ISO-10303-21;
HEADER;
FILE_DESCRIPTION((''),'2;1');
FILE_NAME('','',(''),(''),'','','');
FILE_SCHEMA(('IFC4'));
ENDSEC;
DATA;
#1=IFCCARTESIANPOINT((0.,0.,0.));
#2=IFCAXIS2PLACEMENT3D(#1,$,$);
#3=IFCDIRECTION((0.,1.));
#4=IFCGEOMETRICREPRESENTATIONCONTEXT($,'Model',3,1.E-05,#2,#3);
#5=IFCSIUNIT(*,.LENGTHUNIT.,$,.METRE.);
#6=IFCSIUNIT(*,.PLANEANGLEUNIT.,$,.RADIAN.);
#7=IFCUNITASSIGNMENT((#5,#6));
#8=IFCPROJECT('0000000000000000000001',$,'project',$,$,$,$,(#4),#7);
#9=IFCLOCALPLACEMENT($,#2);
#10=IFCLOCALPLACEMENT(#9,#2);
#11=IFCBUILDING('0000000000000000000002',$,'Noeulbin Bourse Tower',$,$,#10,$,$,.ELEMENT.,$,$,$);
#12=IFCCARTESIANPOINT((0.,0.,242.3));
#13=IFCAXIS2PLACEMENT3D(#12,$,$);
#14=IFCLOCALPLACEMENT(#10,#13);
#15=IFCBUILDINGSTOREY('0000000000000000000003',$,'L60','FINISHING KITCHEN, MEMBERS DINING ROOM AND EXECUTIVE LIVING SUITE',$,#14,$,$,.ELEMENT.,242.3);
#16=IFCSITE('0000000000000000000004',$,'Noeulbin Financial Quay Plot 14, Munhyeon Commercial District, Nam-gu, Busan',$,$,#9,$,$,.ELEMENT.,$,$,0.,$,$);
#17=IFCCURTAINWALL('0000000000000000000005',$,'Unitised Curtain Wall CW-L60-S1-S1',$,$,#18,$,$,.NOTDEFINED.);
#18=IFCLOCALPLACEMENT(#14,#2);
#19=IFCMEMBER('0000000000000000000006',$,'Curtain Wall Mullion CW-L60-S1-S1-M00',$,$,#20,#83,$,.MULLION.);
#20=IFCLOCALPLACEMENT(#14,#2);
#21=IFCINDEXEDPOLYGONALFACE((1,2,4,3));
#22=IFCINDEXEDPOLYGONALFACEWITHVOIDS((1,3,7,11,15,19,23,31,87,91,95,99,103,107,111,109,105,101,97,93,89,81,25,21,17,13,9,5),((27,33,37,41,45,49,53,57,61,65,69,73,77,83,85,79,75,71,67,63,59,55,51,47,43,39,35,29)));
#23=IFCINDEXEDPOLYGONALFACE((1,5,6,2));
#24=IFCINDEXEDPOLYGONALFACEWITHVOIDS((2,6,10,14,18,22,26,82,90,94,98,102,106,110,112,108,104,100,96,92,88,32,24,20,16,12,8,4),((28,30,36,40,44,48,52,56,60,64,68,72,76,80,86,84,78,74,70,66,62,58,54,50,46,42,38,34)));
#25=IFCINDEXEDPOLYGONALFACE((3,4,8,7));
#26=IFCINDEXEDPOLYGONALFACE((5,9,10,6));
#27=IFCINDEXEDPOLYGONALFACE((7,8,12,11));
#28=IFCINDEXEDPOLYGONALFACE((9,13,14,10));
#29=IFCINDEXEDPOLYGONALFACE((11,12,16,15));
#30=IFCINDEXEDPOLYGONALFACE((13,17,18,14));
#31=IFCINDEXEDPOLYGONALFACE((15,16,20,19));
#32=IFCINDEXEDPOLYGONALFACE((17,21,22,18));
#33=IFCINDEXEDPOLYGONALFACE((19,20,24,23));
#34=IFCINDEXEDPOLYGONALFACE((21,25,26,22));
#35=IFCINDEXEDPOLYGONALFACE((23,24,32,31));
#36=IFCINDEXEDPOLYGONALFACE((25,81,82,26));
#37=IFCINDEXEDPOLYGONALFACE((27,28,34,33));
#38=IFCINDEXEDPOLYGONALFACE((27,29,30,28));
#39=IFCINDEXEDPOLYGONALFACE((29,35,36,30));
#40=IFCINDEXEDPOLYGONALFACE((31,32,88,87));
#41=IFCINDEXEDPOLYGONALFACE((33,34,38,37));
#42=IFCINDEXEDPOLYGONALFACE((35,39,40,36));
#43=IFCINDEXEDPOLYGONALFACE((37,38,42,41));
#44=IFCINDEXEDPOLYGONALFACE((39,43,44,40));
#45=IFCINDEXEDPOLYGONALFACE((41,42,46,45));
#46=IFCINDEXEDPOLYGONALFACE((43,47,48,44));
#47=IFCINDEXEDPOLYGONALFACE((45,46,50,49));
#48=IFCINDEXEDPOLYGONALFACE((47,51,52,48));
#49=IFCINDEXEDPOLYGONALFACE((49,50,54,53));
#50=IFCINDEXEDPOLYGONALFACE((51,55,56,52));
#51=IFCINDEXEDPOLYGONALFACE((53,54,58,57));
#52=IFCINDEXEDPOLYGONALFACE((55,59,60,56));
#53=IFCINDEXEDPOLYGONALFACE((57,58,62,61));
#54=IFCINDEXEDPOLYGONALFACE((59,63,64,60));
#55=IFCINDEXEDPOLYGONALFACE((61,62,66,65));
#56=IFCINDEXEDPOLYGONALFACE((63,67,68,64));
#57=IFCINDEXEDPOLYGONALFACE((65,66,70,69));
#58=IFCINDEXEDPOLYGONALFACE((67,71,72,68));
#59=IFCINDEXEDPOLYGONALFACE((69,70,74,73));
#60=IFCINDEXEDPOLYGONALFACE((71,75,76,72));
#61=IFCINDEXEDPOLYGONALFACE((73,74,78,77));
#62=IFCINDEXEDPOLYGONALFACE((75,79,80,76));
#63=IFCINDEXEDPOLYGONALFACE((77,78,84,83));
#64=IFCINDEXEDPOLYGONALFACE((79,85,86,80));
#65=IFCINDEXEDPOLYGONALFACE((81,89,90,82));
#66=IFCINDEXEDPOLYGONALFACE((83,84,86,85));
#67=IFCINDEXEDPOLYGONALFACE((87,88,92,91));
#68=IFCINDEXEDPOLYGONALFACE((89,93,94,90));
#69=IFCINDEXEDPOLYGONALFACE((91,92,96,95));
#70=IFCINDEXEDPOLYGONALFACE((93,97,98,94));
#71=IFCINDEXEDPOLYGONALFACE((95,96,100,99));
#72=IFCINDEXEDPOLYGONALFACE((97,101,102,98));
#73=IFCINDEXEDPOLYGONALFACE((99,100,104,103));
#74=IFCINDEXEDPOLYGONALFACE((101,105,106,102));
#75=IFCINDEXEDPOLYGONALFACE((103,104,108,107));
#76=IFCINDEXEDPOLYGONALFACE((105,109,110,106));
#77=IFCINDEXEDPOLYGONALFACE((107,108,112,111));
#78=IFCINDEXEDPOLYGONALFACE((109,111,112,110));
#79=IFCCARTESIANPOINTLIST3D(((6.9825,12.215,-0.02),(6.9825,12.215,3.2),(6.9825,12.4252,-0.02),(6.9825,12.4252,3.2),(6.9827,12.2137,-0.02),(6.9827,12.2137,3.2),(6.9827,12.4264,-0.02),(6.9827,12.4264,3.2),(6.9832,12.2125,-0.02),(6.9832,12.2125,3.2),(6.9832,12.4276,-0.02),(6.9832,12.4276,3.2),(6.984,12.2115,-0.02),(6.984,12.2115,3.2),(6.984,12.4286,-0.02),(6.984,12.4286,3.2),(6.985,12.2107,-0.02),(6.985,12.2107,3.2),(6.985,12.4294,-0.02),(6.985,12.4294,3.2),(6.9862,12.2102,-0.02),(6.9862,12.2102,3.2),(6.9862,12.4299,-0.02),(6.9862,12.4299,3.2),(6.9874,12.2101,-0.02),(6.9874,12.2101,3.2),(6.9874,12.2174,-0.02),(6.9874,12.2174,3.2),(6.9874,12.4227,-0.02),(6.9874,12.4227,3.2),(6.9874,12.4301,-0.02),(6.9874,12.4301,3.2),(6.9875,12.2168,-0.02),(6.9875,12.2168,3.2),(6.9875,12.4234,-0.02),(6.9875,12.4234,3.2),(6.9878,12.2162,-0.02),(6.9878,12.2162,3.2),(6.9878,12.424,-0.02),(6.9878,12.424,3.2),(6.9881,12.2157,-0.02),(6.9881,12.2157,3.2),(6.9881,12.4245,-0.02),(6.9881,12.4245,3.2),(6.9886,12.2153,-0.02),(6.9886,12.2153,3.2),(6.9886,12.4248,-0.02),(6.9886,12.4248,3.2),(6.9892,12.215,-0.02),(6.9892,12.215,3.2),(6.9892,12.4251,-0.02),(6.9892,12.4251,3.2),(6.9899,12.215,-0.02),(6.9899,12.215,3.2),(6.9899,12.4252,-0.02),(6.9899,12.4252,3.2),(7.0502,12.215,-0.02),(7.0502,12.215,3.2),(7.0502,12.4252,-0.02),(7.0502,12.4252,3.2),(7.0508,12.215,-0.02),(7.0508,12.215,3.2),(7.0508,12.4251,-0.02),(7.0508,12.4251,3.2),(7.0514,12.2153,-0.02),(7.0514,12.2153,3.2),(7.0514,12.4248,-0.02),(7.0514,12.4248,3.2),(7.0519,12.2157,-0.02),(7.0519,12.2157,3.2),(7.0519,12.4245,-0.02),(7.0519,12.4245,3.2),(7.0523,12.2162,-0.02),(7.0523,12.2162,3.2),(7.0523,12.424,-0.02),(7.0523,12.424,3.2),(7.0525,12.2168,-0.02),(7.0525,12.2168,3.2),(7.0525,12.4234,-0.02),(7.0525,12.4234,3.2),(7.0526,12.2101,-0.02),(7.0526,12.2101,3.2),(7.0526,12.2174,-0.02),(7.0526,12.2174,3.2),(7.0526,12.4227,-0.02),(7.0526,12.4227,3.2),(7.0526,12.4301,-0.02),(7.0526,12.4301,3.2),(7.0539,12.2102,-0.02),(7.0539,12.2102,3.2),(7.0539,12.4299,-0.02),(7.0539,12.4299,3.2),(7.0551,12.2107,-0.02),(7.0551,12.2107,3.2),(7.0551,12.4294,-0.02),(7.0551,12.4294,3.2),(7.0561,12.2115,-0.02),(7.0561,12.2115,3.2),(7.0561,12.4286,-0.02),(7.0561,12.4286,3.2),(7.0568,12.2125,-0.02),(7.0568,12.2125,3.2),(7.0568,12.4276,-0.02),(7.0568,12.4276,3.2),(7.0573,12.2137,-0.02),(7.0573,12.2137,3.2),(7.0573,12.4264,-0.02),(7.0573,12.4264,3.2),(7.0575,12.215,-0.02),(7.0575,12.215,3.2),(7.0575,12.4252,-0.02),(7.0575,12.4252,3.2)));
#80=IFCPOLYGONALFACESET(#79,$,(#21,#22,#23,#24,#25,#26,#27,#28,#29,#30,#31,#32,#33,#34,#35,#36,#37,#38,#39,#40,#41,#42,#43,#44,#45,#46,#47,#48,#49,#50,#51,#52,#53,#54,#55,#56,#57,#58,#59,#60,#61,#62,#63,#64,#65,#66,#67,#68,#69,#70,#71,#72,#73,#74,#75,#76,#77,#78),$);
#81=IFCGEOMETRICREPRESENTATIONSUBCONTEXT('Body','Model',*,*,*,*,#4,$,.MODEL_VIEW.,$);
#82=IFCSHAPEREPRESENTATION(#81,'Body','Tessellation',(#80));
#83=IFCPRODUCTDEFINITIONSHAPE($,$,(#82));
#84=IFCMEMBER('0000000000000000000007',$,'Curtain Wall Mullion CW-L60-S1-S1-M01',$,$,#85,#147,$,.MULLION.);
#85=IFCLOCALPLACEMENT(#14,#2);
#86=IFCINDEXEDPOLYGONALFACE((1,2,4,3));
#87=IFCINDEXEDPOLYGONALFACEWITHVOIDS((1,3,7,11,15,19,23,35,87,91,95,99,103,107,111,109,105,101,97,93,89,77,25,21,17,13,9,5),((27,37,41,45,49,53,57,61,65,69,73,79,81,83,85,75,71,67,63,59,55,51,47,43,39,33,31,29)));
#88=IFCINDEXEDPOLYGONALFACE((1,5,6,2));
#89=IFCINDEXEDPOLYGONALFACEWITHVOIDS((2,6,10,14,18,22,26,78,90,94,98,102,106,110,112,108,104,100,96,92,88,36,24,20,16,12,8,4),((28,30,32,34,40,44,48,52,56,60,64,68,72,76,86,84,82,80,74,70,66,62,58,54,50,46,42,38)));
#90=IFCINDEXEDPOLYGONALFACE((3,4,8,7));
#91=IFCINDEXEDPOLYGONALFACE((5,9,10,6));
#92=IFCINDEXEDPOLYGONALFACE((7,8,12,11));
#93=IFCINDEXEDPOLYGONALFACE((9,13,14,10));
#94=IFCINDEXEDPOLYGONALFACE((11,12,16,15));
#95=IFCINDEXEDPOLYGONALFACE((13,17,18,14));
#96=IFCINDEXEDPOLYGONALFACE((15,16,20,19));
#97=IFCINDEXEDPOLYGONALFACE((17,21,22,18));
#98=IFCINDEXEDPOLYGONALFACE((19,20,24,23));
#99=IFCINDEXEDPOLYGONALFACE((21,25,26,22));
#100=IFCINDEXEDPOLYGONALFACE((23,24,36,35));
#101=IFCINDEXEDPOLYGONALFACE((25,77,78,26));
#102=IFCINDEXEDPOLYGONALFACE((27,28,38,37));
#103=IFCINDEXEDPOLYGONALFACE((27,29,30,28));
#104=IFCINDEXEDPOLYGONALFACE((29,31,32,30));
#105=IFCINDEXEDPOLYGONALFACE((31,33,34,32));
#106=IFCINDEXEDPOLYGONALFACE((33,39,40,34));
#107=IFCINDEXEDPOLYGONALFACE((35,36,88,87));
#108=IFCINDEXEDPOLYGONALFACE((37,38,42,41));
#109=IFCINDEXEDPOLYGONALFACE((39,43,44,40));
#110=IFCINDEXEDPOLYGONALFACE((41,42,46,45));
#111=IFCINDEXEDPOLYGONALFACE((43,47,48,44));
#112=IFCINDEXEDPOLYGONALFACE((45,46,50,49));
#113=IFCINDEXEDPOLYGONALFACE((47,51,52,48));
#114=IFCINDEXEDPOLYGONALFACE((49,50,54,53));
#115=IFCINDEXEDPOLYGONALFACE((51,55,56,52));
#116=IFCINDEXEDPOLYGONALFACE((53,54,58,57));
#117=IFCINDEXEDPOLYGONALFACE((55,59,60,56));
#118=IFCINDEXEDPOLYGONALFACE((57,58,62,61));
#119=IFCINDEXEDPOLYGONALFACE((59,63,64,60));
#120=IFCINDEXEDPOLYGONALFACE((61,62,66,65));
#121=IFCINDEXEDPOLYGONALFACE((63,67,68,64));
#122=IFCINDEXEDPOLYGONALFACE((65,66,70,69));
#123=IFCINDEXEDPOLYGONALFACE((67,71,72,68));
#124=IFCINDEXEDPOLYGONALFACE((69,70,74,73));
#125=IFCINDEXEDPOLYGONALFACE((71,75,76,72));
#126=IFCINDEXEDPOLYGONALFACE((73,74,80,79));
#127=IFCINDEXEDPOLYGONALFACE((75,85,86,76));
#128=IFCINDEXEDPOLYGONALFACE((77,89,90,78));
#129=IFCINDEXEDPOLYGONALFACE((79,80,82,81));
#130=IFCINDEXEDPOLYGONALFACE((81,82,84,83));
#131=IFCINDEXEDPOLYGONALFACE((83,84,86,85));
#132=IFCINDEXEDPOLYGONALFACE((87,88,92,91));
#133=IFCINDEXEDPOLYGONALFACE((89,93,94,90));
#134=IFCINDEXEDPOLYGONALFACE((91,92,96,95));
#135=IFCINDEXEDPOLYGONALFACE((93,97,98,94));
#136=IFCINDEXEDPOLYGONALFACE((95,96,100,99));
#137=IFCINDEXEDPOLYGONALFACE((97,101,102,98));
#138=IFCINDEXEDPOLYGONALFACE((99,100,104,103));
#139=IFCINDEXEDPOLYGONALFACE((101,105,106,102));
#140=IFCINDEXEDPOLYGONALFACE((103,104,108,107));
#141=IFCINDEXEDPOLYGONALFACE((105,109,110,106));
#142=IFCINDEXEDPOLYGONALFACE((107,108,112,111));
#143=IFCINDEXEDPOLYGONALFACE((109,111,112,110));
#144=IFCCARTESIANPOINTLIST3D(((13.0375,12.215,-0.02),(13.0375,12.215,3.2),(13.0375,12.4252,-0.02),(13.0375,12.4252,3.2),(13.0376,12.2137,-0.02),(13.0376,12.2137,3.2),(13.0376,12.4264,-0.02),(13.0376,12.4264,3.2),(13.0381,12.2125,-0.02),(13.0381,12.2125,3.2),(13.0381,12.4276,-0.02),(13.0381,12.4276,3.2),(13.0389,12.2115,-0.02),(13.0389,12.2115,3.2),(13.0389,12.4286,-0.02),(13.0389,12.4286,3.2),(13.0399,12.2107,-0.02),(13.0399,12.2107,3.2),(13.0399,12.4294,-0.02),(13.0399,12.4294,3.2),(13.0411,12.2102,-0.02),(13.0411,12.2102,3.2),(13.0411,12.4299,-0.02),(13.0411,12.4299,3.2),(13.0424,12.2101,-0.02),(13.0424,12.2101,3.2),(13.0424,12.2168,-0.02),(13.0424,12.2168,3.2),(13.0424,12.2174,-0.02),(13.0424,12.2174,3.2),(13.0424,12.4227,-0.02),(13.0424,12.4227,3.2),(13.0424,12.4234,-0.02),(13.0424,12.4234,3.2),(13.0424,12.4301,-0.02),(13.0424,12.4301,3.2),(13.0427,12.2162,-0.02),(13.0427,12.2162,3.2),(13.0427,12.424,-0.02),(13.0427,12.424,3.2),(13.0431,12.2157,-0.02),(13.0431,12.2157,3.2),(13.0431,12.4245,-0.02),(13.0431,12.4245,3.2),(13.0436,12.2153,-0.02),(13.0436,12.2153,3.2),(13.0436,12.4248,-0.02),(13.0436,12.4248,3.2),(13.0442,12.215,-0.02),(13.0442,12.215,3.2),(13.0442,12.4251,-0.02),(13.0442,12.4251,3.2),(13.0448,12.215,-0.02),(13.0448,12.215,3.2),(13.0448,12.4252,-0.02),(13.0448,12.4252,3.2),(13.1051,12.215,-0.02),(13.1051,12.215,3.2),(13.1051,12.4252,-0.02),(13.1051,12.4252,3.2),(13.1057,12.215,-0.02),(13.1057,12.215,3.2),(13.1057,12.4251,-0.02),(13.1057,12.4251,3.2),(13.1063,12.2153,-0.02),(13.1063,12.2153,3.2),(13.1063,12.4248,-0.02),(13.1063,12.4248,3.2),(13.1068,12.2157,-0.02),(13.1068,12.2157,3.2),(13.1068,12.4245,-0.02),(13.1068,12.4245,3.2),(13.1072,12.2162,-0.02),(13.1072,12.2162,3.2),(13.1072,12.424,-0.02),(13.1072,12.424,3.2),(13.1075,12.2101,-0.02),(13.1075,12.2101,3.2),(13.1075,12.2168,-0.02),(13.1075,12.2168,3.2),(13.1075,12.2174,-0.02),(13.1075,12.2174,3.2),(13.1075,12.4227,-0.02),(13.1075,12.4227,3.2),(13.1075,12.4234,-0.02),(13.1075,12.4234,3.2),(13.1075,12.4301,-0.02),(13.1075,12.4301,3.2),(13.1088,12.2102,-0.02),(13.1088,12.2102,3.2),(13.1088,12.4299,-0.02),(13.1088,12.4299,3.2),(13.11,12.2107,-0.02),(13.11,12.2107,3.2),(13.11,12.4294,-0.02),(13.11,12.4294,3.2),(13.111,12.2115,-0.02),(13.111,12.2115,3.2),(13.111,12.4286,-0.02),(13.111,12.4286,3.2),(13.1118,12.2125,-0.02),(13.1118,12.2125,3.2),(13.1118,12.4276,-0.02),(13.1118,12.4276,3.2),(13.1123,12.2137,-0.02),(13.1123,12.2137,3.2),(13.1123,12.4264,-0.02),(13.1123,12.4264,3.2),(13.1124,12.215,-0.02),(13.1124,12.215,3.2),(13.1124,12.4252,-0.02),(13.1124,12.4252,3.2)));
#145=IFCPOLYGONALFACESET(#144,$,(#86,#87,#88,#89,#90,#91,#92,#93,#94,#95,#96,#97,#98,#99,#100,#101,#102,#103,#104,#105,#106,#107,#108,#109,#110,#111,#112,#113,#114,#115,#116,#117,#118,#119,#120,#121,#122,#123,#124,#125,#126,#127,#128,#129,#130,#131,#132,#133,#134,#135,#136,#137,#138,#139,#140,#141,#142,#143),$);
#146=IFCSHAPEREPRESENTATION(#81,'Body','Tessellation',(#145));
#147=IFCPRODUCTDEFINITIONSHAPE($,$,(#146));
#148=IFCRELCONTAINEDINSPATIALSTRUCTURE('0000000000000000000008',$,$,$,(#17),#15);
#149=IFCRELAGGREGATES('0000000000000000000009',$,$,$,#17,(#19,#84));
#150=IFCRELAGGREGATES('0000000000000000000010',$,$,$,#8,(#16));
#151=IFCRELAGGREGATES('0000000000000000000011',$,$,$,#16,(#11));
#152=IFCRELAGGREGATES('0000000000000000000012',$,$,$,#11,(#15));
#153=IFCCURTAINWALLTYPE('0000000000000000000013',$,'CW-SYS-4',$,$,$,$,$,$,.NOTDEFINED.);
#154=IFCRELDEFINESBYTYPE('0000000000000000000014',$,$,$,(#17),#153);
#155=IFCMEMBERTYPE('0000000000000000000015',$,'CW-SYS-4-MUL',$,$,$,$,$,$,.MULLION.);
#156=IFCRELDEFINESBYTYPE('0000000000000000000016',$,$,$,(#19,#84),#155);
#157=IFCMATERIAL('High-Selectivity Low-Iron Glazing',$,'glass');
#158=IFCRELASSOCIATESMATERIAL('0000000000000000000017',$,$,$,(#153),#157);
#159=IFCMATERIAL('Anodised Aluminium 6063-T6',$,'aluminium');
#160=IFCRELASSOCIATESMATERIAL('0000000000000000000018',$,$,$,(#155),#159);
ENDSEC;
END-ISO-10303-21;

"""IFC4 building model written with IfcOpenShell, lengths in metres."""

from ifc_helpers import new_model, si_unit, direction, frame, origin, origin_2d, place, context, subcontext, project, spatial, hollow_rectangle, extrude, material, material_profile, profile_set, type_object, element, aggregate, save


model = new_model("IFC4")

# Units and contexts
model_context = context("Model", 3, precision=1e-05, world=origin(), true_north=direction((0.0, 1.0)))
body_context = subcontext(model_context, "Body", "Model", "MODEL_VIEW")
ifc_project = project(units=[si_unit("LENGTHUNIT", "METRE"), si_unit("PLANEANGLEUNIT", "RADIAN")], contexts=[model_context])

# Site, building, storey
site_placement = place(None, origin())
site = spatial("IfcSite", under=ifc_project, at=site_placement, Name="Noeulbin Financial Quay Plot 14, Munhyeon Commercial District, Nam-gu, Busan", CompositionType="ELEMENT", RefElevation=0.0)
building_placement = place(site_placement, origin())
building = spatial("IfcBuilding", under=site, at=building_placement, Name="Noeulbin Bourse Tower", CompositionType="ELEMENT")
storey_placement = place(building_placement, frame((0.0, 0.0, 242.3)))
storey = spatial("IfcBuildingStorey", under=building, at=storey_placement, Name="L60", Description="FINISHING KITCHEN, MEMBERS DINING ROOM AND EXECUTIVE LIVING SUITE", CompositionType="ELEMENT", Elevation=242.3)

# Curtain wall, members
ifc_material_1 = material(Name="High-Selectivity Low-Iron Glazing", Category="glass")
curtain_wall_type = type_object("IfcCurtainWallType", Name="CW-SYS-4", PredefinedType="NOTDEFINED", material=ifc_material_1)
curtain_wall_1_placement = place(storey_placement, origin())
curtain_wall_1 = element("IfcCurtainWall", 1, at=curtain_wall_1_placement, inside=storey, type_object=curtain_wall_type, Name="Unitised Curtain Wall CW-L60-S1-S1", PredefinedType="NOTDEFINED")
ifc_material_2 = material(Name="Anodised Aluminium 6063-T6", Category="aluminium")
ifc_material_profile_1 = material_profile(ifc_material_2, hollow_rectangle(XDim=0.075, YDim=0.22, WallThickness=0.0049, InnerFilletRadius=0.0024, OuterFilletRadius=0.0049, at=origin_2d()), Name="ALU-MULL-75x220x5", Category="LoadBearing")
ifc_profile_set_1 = profile_set([ifc_material_profile_1], Name="Anodised Aluminium 6063-T6")
member_type_1 = type_object("IfcMemberType", Name="CW-SYS-4-MUL", PredefinedType="MULLION", material=ifc_profile_set_1)
member_1_placement = place(storey_placement, frame((7.02, 12.3201, -0.02), z_axis=(0.0, 0.0, 1.0), x_axis=(1.0, 0.0, 0.0)))
member_1 = element("IfcMember", 2, at=member_1_placement, type_object=member_type_1, Name="Curtain Wall Mullion CW-L60-S1-S1-M00", PredefinedType="MULLION", context=body_context, shape_type="SweptSolid", body=[
    extrude(hollow_rectangle(XDim=0.075, YDim=0.22, WallThickness=0.0049, InnerFilletRadius=0.0024, OuterFilletRadius=0.0049, at=origin_2d()), origin(), (0.0, 0.0, 1.0), 3.22),
])
member_2_placement = place(storey_placement, frame((13.075, 12.3201, -0.02), z_axis=(0.0, 0.0, 1.0), x_axis=(1.0, 0.0, 0.0)))
member_2 = element("IfcMember", 3, at=member_2_placement, type_object=member_type_1, Name="Curtain Wall Mullion CW-L60-S1-S1-M01", PredefinedType="MULLION", context=body_context, shape_type="SweptSolid", body=[
    extrude(hollow_rectangle(XDim=0.075, YDim=0.22, WallThickness=0.0049, InnerFilletRadius=0.0024, OuterFilletRadius=0.0049, at=origin_2d()), origin(), (0.0, 0.0, 1.0), 3.22),
])

aggregate(curtain_wall_1, [member_1, member_2])

save(model, "model.ifc")
